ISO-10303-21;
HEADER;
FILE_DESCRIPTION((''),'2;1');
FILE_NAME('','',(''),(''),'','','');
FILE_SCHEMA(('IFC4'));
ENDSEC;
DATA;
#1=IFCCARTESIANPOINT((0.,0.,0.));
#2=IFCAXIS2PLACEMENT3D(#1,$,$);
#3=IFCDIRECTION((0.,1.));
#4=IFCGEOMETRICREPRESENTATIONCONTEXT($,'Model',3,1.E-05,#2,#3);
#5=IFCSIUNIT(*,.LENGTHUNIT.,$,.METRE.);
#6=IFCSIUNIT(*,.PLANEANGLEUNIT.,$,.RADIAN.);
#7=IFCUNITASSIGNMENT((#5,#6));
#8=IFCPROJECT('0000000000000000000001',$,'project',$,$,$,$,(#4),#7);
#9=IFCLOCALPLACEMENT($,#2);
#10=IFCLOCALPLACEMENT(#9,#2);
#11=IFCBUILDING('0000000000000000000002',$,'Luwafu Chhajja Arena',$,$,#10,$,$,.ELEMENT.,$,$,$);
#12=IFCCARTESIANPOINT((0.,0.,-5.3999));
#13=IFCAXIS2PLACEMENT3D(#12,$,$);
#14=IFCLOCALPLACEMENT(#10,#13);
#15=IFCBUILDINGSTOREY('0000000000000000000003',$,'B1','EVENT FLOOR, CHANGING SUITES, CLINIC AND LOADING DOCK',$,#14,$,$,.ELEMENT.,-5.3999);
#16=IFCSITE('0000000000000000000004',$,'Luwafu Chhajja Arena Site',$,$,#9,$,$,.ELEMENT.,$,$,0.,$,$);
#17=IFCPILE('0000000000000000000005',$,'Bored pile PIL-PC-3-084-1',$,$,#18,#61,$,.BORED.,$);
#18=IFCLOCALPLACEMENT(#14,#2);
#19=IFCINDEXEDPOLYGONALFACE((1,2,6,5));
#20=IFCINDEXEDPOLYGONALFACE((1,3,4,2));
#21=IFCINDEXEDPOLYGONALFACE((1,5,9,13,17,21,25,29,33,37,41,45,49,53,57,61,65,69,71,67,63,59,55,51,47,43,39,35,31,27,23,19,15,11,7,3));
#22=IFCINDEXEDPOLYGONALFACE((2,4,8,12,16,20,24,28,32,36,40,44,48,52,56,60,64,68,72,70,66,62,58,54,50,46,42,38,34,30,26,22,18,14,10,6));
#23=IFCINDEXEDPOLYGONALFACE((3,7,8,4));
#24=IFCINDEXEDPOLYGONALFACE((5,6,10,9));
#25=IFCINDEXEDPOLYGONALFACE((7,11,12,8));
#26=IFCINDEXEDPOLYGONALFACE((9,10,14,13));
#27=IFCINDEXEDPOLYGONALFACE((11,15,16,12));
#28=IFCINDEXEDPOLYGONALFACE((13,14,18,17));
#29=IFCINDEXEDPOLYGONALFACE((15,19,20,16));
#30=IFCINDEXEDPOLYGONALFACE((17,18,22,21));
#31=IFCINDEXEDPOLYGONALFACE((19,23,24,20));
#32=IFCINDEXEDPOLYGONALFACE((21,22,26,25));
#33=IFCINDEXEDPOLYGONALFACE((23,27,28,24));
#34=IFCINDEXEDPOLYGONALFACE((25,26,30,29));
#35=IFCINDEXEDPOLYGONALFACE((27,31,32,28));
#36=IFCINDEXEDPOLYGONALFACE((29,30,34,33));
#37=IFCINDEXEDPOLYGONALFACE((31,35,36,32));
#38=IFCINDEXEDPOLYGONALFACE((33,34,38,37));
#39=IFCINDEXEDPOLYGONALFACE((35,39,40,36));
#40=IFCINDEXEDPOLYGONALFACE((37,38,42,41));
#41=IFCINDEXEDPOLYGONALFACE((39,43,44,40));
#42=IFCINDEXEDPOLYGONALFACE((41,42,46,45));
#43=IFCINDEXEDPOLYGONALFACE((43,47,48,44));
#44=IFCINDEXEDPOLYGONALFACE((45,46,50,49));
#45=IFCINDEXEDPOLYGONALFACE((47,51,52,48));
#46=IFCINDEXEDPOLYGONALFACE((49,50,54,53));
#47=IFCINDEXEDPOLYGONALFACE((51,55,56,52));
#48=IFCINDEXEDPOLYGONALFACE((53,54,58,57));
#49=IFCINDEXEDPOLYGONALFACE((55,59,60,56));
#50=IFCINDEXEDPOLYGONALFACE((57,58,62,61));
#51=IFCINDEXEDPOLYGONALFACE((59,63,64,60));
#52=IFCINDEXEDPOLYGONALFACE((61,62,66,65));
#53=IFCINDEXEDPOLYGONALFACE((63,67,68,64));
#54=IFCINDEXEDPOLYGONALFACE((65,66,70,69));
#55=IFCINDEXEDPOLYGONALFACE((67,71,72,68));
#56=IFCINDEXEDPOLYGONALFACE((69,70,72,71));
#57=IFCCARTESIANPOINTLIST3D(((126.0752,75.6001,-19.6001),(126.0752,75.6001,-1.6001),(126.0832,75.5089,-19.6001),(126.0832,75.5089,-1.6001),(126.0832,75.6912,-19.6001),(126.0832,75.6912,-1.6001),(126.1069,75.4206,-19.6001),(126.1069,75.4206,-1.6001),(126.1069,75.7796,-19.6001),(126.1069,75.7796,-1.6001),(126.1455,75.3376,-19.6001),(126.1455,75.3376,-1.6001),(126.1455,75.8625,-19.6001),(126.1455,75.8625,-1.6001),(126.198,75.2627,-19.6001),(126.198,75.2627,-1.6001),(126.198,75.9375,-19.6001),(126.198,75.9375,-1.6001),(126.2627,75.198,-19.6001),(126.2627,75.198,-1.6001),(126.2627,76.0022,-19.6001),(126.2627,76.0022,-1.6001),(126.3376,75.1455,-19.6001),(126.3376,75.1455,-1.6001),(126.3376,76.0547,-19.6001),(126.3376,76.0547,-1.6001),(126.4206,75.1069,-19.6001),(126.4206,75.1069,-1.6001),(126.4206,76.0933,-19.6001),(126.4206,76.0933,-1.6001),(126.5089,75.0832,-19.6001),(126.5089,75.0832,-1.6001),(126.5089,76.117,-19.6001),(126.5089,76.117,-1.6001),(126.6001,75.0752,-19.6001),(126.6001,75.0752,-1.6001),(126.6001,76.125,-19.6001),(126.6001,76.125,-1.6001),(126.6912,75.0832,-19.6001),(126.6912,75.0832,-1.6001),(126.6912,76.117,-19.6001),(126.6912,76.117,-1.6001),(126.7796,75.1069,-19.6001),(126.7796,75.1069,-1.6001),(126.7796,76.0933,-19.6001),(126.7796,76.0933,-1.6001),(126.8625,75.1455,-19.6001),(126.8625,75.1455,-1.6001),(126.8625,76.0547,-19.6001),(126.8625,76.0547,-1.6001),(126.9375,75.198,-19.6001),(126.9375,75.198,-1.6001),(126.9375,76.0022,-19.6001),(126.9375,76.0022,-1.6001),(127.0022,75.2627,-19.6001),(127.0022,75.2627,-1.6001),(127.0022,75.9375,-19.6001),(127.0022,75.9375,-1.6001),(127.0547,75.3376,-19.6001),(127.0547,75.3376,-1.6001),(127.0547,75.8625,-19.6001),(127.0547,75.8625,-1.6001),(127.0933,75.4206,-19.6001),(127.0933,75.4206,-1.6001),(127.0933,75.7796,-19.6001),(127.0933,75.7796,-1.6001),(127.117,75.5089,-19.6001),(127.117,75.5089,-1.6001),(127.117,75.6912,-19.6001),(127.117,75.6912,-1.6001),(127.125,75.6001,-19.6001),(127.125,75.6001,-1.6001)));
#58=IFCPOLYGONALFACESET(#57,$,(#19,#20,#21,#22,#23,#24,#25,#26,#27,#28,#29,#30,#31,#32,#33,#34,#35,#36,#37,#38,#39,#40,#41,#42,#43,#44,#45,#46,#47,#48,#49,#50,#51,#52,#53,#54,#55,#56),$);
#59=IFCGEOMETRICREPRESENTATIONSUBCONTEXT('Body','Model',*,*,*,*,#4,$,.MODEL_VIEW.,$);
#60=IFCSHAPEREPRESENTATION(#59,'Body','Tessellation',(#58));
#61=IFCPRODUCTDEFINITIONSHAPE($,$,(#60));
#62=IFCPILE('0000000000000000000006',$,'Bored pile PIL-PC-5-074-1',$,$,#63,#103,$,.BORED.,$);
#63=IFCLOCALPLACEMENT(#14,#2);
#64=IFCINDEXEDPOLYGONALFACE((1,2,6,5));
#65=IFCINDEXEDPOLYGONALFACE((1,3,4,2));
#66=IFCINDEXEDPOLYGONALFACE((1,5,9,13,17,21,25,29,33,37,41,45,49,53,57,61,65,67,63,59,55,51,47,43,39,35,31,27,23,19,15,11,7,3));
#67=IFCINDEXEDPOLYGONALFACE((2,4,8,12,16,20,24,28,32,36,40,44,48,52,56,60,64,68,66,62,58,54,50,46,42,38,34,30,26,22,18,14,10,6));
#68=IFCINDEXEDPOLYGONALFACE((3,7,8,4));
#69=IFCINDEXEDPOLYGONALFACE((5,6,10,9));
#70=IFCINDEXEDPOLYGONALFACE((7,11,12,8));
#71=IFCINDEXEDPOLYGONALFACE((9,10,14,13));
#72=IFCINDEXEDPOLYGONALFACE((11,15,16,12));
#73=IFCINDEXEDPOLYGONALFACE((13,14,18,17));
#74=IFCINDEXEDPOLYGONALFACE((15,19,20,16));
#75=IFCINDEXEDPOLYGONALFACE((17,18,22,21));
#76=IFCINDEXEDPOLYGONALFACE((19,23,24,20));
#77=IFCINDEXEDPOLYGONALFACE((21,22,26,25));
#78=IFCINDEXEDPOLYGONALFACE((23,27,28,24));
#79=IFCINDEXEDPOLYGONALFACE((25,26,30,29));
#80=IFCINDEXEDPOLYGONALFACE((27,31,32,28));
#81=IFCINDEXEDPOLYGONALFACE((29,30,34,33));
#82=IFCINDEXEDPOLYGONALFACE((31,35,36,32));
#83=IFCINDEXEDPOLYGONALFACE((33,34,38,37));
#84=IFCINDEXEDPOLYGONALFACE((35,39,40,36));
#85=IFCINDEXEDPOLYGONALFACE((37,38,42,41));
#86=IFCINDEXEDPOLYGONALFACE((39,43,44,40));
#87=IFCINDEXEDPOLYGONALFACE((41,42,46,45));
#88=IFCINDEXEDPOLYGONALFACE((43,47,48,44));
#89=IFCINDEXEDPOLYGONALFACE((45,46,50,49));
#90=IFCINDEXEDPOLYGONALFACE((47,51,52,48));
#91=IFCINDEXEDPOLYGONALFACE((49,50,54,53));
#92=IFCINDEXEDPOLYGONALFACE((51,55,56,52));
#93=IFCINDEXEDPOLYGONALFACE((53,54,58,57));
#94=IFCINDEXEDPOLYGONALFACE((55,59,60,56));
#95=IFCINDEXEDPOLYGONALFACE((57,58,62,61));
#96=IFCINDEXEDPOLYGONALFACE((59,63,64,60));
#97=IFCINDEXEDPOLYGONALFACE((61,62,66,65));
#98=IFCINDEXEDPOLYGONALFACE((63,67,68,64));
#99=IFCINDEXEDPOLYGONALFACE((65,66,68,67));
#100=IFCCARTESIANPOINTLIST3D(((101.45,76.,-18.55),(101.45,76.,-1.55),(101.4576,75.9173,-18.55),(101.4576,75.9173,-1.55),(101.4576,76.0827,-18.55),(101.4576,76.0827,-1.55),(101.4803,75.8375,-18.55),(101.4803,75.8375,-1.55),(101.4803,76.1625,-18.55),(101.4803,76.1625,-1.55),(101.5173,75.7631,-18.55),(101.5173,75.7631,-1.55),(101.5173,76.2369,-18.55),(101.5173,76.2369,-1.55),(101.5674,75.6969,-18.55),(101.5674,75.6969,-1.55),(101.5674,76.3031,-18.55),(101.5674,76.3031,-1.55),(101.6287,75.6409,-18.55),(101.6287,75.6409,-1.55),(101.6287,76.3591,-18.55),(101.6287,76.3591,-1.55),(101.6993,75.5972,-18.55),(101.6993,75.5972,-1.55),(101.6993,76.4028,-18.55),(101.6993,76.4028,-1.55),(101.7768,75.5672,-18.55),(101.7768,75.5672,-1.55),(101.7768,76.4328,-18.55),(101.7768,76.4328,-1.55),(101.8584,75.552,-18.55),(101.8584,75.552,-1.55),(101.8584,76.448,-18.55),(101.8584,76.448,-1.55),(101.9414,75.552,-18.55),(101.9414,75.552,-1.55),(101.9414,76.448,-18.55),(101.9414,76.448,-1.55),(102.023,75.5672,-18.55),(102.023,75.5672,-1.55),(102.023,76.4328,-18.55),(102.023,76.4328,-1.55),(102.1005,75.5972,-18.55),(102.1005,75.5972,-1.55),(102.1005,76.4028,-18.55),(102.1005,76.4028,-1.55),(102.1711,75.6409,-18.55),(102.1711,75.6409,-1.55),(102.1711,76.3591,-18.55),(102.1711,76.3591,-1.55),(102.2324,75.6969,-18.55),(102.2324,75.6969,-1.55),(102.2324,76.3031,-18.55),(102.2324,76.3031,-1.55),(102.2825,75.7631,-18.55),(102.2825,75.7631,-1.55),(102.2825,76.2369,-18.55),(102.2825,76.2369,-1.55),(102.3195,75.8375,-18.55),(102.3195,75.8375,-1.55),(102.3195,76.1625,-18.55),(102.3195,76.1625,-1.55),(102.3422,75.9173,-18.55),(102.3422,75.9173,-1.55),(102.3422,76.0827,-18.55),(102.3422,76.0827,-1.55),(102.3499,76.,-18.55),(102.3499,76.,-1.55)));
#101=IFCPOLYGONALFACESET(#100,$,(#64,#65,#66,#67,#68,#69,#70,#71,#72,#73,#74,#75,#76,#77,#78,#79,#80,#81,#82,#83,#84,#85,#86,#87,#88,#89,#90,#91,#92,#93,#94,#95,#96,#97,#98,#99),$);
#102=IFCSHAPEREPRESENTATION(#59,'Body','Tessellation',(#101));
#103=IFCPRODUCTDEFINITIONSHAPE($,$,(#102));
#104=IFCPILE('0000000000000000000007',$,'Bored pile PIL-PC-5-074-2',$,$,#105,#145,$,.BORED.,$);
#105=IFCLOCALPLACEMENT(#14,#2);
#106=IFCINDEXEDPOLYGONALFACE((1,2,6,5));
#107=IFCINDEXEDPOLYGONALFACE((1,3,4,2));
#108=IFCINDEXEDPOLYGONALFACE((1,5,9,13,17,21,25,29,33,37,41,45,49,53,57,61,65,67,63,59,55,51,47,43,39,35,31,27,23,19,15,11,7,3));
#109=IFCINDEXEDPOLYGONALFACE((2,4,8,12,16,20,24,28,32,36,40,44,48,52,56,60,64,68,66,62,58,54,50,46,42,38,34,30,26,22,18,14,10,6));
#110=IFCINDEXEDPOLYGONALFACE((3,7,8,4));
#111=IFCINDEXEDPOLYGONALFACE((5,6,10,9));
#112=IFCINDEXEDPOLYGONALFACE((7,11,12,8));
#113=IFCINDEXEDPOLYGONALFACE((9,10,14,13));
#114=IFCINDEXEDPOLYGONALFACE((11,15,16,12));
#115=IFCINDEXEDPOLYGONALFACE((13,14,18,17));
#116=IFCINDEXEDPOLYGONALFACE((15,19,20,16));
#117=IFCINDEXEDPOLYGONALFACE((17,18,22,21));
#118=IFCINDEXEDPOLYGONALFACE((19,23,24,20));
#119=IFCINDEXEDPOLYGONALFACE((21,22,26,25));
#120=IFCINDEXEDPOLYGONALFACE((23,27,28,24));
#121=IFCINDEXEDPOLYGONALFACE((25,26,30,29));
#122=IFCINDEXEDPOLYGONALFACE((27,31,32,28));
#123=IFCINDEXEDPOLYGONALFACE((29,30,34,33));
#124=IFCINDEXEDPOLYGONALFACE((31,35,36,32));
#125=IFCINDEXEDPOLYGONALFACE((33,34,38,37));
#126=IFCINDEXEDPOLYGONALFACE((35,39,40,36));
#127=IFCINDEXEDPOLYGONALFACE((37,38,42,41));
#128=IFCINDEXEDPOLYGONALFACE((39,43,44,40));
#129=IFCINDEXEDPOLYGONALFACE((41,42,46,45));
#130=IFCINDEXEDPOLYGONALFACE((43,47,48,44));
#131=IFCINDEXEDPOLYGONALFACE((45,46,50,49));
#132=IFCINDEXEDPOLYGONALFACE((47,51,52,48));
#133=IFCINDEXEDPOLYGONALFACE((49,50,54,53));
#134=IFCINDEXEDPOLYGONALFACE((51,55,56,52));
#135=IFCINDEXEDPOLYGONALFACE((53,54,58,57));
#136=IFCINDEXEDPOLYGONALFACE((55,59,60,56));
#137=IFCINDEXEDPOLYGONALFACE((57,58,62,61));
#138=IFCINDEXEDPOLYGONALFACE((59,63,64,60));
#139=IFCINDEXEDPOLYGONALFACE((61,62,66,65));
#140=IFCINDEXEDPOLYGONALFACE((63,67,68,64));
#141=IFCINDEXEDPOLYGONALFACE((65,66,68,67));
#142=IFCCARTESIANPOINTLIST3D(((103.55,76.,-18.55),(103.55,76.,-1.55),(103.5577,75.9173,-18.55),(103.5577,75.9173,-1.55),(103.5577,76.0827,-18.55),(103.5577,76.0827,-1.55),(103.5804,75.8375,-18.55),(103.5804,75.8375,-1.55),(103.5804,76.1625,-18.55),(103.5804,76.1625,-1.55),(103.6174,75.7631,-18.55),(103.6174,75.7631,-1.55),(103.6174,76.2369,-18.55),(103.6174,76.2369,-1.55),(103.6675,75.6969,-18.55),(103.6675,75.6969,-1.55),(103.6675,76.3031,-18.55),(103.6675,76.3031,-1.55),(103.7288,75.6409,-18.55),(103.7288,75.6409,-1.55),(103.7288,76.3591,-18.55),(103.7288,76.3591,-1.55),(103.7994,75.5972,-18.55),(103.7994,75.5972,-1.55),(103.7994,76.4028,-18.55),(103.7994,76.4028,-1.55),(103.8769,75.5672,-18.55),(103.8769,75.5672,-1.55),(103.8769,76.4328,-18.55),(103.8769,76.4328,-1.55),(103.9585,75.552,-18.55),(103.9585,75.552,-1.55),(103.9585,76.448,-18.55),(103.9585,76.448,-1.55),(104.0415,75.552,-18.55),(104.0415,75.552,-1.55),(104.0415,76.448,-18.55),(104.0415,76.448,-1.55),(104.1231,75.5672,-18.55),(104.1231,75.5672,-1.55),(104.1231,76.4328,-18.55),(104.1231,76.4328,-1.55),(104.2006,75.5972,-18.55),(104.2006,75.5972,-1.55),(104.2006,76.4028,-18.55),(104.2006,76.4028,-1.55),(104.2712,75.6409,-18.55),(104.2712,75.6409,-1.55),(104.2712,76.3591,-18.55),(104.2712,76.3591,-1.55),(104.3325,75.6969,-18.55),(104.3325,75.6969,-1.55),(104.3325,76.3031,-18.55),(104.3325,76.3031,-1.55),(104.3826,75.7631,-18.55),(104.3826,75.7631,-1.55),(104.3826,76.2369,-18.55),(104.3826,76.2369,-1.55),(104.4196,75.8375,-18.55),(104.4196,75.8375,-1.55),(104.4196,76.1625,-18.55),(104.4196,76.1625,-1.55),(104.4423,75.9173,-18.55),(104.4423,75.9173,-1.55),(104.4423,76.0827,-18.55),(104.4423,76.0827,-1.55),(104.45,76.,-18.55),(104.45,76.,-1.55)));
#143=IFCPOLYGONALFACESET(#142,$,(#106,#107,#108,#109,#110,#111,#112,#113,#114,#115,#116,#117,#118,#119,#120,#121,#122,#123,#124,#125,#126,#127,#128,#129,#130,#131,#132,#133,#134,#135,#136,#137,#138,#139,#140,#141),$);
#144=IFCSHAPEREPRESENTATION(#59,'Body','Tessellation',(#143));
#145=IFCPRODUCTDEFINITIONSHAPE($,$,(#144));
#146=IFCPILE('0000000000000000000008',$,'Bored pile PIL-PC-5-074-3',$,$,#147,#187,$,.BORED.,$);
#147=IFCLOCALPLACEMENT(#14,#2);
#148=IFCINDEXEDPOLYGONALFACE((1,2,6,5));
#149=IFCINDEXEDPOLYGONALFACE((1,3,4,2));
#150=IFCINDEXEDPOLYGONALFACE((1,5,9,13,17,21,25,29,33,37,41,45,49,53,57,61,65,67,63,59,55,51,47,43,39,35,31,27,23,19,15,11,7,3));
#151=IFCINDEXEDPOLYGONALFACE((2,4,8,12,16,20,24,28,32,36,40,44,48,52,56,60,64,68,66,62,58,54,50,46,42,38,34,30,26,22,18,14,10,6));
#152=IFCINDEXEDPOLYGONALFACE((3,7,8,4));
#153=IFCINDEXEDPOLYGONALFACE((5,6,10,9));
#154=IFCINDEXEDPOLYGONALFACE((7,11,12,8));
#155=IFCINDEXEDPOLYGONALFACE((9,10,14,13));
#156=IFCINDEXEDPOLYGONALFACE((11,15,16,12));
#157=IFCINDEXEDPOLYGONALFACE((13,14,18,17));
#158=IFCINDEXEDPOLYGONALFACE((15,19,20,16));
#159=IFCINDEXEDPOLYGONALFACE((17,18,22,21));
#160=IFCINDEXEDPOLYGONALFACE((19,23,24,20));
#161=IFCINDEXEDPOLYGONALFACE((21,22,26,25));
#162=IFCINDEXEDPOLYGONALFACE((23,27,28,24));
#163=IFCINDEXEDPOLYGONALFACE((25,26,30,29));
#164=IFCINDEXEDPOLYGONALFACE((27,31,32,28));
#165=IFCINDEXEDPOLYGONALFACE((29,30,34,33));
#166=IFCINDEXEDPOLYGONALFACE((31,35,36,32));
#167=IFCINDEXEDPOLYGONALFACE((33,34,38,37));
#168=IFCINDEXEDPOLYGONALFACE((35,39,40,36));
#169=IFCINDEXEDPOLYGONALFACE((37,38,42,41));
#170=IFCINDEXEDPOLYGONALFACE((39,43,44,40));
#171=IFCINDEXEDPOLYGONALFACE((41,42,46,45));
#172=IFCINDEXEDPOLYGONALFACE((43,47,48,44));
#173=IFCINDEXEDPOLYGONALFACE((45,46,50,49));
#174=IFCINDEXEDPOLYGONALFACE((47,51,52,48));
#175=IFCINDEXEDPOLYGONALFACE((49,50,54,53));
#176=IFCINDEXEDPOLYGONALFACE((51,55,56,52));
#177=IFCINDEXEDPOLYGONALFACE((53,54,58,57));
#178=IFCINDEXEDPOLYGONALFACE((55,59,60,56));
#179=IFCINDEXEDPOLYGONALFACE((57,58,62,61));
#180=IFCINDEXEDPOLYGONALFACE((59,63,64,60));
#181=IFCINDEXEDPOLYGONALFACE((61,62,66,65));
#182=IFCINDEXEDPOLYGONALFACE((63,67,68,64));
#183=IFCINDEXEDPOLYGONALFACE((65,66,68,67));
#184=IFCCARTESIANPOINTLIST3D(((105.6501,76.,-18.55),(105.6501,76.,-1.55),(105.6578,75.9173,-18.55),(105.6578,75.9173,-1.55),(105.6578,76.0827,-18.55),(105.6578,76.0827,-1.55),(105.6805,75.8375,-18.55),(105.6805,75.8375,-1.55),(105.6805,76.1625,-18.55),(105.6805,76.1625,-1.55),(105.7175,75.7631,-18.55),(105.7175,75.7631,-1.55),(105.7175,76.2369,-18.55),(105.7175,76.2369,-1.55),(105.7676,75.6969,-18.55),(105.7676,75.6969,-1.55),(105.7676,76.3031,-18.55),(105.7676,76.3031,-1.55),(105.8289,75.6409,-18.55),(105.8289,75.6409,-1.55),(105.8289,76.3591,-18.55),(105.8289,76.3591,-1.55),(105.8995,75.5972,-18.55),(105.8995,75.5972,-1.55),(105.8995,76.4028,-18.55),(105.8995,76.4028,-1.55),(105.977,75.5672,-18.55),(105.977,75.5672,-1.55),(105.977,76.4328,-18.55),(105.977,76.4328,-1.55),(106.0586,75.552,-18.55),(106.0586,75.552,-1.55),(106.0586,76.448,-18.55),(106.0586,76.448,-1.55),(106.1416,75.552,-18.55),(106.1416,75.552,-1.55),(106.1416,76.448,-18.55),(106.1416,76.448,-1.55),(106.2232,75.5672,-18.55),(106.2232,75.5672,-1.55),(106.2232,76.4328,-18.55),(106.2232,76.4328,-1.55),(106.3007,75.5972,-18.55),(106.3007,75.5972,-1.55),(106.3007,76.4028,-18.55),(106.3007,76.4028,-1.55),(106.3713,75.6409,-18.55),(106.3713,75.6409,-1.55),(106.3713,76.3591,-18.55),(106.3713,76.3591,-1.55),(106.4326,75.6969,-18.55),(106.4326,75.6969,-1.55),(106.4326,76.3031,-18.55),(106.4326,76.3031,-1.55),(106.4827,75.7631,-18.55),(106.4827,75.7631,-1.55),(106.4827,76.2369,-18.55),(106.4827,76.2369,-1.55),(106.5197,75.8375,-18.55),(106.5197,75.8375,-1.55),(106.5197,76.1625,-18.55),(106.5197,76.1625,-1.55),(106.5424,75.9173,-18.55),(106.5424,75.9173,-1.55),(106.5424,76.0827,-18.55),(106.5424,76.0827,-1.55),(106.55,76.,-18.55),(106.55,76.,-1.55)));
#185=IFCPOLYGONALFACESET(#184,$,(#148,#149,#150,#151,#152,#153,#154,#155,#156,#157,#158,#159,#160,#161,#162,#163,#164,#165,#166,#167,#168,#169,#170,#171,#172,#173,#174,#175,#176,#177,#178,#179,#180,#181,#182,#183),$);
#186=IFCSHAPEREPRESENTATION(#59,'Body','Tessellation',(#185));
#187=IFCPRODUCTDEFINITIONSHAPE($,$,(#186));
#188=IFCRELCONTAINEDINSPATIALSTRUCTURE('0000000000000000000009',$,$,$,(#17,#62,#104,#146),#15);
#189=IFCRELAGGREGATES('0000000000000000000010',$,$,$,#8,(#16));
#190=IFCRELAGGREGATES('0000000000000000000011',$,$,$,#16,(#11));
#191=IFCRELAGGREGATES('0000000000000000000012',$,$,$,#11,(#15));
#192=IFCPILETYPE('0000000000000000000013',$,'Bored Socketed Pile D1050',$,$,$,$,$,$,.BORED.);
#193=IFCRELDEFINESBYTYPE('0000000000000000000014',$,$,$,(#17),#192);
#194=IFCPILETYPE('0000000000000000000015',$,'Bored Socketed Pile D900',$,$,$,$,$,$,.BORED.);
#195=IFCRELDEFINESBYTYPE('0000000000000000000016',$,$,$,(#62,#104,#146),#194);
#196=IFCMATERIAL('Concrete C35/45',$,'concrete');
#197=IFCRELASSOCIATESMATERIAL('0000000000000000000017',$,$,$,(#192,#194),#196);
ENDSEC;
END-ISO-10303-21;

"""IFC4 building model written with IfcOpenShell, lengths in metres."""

from ifc_helpers import new_model, si_unit, direction, frame, origin, origin_2d, place, context, subcontext, project, spatial, circle, extrude, material, material_profile, profile_set, type_object, element, save


model = new_model("IFC4")

# Units and contexts
model_context = context("Model", 3, precision=1e-05, world=origin(), true_north=direction((0.0, 1.0)))
body_context = subcontext(model_context, "Body", "Model", "MODEL_VIEW")
ifc_project = project(units=[si_unit("LENGTHUNIT", "METRE"), si_unit("PLANEANGLEUNIT", "RADIAN")], contexts=[model_context])

# Site, building, storey
site_placement = place(None, origin())
site = spatial("IfcSite", under=ifc_project, at=site_placement, Name="Luwafu Chhajja Arena Site", CompositionType="ELEMENT", RefElevation=0.0)
building_placement = place(site_placement, origin())
building = spatial("IfcBuilding", under=site, at=building_placement, Name="Luwafu Chhajja Arena", CompositionType="ELEMENT")
storey_placement = place(building_placement, frame((0.0, 0.0, -5.3999)))
storey = spatial("IfcBuildingStorey", under=building, at=storey_placement, Name="B1", Description="EVENT FLOOR, CHANGING SUITES, CLINIC AND LOADING DOCK", CompositionType="ELEMENT", Elevation=-5.3999)

# Piles
ifc_material_1 = material(Name="Concrete C35/45", Category="concrete")
ifc_material_profile_1 = material_profile(ifc_material_1, circle(Radius=0.5249, at=origin_2d()), Name="PILE D1050")
ifc_profile_set_1 = profile_set([ifc_material_profile_1], Name="Concrete C35/45")
pile_type_1 = type_object("IfcPileType", Name="Bored Socketed Pile D1050", PredefinedType="BORED", material=ifc_profile_set_1)
pile_placement = place(storey_placement, frame((126.6001, 75.6001, -1.6001), z_axis=(0.0, 0.0, -1.0), x_axis=(1.0, 0.0, 0.0)))
element("IfcPile", 1, at=pile_placement, inside=storey, type_object=pile_type_1, Name="Bored pile PIL-PC-3-084-1", PredefinedType="BORED", context=body_context, shape_type="SweptSolid", body=[
    extrude(circle(Radius=0.5249, at=origin_2d()), origin(), (0.0, 0.0, 1.0), 18.0),
])
ifc_material_profile_2 = material_profile(ifc_material_1, circle(Radius=0.45, at=origin_2d()), Name="PILE D900")
ifc_profile_set_2 = profile_set([ifc_material_profile_2], Name="Concrete C35/45")
pile_type_2 = type_object("IfcPileType", Name="Bored Socketed Pile D900", PredefinedType="BORED", material=ifc_profile_set_2)
for number, where, z_axis, x_axis, name in (
    (2, (101.8999, 76.0, -1.55), (0.0, 0.0, -1.0), (1.0, 0.0, 0.0), "Bored pile PIL-PC-5-074-1"),
    (3, (104.0, 76.0, -1.55), (0.0, 0.0, -1.0), (1.0, 0.0, 0.0), "Bored pile PIL-PC-5-074-2"),
    (4, (106.1001, 76.0, -1.55), (0.0, 0.0, -1.0), (1.0, 0.0, 0.0), "Bored pile PIL-PC-5-074-3"),
):
    element("IfcPile", number, at=place(storey_placement, frame(where, z_axis=z_axis, x_axis=x_axis)), inside=storey, type_object=pile_type_2, Name=name, PredefinedType="BORED", context=body_context, shape_type="SweptSolid", body=[
        extrude(circle(Radius=0.45, at=origin_2d()), origin(), (0.0, 0.0, 1.0), 17.0),
    ])

save(model, "model.ifc")
